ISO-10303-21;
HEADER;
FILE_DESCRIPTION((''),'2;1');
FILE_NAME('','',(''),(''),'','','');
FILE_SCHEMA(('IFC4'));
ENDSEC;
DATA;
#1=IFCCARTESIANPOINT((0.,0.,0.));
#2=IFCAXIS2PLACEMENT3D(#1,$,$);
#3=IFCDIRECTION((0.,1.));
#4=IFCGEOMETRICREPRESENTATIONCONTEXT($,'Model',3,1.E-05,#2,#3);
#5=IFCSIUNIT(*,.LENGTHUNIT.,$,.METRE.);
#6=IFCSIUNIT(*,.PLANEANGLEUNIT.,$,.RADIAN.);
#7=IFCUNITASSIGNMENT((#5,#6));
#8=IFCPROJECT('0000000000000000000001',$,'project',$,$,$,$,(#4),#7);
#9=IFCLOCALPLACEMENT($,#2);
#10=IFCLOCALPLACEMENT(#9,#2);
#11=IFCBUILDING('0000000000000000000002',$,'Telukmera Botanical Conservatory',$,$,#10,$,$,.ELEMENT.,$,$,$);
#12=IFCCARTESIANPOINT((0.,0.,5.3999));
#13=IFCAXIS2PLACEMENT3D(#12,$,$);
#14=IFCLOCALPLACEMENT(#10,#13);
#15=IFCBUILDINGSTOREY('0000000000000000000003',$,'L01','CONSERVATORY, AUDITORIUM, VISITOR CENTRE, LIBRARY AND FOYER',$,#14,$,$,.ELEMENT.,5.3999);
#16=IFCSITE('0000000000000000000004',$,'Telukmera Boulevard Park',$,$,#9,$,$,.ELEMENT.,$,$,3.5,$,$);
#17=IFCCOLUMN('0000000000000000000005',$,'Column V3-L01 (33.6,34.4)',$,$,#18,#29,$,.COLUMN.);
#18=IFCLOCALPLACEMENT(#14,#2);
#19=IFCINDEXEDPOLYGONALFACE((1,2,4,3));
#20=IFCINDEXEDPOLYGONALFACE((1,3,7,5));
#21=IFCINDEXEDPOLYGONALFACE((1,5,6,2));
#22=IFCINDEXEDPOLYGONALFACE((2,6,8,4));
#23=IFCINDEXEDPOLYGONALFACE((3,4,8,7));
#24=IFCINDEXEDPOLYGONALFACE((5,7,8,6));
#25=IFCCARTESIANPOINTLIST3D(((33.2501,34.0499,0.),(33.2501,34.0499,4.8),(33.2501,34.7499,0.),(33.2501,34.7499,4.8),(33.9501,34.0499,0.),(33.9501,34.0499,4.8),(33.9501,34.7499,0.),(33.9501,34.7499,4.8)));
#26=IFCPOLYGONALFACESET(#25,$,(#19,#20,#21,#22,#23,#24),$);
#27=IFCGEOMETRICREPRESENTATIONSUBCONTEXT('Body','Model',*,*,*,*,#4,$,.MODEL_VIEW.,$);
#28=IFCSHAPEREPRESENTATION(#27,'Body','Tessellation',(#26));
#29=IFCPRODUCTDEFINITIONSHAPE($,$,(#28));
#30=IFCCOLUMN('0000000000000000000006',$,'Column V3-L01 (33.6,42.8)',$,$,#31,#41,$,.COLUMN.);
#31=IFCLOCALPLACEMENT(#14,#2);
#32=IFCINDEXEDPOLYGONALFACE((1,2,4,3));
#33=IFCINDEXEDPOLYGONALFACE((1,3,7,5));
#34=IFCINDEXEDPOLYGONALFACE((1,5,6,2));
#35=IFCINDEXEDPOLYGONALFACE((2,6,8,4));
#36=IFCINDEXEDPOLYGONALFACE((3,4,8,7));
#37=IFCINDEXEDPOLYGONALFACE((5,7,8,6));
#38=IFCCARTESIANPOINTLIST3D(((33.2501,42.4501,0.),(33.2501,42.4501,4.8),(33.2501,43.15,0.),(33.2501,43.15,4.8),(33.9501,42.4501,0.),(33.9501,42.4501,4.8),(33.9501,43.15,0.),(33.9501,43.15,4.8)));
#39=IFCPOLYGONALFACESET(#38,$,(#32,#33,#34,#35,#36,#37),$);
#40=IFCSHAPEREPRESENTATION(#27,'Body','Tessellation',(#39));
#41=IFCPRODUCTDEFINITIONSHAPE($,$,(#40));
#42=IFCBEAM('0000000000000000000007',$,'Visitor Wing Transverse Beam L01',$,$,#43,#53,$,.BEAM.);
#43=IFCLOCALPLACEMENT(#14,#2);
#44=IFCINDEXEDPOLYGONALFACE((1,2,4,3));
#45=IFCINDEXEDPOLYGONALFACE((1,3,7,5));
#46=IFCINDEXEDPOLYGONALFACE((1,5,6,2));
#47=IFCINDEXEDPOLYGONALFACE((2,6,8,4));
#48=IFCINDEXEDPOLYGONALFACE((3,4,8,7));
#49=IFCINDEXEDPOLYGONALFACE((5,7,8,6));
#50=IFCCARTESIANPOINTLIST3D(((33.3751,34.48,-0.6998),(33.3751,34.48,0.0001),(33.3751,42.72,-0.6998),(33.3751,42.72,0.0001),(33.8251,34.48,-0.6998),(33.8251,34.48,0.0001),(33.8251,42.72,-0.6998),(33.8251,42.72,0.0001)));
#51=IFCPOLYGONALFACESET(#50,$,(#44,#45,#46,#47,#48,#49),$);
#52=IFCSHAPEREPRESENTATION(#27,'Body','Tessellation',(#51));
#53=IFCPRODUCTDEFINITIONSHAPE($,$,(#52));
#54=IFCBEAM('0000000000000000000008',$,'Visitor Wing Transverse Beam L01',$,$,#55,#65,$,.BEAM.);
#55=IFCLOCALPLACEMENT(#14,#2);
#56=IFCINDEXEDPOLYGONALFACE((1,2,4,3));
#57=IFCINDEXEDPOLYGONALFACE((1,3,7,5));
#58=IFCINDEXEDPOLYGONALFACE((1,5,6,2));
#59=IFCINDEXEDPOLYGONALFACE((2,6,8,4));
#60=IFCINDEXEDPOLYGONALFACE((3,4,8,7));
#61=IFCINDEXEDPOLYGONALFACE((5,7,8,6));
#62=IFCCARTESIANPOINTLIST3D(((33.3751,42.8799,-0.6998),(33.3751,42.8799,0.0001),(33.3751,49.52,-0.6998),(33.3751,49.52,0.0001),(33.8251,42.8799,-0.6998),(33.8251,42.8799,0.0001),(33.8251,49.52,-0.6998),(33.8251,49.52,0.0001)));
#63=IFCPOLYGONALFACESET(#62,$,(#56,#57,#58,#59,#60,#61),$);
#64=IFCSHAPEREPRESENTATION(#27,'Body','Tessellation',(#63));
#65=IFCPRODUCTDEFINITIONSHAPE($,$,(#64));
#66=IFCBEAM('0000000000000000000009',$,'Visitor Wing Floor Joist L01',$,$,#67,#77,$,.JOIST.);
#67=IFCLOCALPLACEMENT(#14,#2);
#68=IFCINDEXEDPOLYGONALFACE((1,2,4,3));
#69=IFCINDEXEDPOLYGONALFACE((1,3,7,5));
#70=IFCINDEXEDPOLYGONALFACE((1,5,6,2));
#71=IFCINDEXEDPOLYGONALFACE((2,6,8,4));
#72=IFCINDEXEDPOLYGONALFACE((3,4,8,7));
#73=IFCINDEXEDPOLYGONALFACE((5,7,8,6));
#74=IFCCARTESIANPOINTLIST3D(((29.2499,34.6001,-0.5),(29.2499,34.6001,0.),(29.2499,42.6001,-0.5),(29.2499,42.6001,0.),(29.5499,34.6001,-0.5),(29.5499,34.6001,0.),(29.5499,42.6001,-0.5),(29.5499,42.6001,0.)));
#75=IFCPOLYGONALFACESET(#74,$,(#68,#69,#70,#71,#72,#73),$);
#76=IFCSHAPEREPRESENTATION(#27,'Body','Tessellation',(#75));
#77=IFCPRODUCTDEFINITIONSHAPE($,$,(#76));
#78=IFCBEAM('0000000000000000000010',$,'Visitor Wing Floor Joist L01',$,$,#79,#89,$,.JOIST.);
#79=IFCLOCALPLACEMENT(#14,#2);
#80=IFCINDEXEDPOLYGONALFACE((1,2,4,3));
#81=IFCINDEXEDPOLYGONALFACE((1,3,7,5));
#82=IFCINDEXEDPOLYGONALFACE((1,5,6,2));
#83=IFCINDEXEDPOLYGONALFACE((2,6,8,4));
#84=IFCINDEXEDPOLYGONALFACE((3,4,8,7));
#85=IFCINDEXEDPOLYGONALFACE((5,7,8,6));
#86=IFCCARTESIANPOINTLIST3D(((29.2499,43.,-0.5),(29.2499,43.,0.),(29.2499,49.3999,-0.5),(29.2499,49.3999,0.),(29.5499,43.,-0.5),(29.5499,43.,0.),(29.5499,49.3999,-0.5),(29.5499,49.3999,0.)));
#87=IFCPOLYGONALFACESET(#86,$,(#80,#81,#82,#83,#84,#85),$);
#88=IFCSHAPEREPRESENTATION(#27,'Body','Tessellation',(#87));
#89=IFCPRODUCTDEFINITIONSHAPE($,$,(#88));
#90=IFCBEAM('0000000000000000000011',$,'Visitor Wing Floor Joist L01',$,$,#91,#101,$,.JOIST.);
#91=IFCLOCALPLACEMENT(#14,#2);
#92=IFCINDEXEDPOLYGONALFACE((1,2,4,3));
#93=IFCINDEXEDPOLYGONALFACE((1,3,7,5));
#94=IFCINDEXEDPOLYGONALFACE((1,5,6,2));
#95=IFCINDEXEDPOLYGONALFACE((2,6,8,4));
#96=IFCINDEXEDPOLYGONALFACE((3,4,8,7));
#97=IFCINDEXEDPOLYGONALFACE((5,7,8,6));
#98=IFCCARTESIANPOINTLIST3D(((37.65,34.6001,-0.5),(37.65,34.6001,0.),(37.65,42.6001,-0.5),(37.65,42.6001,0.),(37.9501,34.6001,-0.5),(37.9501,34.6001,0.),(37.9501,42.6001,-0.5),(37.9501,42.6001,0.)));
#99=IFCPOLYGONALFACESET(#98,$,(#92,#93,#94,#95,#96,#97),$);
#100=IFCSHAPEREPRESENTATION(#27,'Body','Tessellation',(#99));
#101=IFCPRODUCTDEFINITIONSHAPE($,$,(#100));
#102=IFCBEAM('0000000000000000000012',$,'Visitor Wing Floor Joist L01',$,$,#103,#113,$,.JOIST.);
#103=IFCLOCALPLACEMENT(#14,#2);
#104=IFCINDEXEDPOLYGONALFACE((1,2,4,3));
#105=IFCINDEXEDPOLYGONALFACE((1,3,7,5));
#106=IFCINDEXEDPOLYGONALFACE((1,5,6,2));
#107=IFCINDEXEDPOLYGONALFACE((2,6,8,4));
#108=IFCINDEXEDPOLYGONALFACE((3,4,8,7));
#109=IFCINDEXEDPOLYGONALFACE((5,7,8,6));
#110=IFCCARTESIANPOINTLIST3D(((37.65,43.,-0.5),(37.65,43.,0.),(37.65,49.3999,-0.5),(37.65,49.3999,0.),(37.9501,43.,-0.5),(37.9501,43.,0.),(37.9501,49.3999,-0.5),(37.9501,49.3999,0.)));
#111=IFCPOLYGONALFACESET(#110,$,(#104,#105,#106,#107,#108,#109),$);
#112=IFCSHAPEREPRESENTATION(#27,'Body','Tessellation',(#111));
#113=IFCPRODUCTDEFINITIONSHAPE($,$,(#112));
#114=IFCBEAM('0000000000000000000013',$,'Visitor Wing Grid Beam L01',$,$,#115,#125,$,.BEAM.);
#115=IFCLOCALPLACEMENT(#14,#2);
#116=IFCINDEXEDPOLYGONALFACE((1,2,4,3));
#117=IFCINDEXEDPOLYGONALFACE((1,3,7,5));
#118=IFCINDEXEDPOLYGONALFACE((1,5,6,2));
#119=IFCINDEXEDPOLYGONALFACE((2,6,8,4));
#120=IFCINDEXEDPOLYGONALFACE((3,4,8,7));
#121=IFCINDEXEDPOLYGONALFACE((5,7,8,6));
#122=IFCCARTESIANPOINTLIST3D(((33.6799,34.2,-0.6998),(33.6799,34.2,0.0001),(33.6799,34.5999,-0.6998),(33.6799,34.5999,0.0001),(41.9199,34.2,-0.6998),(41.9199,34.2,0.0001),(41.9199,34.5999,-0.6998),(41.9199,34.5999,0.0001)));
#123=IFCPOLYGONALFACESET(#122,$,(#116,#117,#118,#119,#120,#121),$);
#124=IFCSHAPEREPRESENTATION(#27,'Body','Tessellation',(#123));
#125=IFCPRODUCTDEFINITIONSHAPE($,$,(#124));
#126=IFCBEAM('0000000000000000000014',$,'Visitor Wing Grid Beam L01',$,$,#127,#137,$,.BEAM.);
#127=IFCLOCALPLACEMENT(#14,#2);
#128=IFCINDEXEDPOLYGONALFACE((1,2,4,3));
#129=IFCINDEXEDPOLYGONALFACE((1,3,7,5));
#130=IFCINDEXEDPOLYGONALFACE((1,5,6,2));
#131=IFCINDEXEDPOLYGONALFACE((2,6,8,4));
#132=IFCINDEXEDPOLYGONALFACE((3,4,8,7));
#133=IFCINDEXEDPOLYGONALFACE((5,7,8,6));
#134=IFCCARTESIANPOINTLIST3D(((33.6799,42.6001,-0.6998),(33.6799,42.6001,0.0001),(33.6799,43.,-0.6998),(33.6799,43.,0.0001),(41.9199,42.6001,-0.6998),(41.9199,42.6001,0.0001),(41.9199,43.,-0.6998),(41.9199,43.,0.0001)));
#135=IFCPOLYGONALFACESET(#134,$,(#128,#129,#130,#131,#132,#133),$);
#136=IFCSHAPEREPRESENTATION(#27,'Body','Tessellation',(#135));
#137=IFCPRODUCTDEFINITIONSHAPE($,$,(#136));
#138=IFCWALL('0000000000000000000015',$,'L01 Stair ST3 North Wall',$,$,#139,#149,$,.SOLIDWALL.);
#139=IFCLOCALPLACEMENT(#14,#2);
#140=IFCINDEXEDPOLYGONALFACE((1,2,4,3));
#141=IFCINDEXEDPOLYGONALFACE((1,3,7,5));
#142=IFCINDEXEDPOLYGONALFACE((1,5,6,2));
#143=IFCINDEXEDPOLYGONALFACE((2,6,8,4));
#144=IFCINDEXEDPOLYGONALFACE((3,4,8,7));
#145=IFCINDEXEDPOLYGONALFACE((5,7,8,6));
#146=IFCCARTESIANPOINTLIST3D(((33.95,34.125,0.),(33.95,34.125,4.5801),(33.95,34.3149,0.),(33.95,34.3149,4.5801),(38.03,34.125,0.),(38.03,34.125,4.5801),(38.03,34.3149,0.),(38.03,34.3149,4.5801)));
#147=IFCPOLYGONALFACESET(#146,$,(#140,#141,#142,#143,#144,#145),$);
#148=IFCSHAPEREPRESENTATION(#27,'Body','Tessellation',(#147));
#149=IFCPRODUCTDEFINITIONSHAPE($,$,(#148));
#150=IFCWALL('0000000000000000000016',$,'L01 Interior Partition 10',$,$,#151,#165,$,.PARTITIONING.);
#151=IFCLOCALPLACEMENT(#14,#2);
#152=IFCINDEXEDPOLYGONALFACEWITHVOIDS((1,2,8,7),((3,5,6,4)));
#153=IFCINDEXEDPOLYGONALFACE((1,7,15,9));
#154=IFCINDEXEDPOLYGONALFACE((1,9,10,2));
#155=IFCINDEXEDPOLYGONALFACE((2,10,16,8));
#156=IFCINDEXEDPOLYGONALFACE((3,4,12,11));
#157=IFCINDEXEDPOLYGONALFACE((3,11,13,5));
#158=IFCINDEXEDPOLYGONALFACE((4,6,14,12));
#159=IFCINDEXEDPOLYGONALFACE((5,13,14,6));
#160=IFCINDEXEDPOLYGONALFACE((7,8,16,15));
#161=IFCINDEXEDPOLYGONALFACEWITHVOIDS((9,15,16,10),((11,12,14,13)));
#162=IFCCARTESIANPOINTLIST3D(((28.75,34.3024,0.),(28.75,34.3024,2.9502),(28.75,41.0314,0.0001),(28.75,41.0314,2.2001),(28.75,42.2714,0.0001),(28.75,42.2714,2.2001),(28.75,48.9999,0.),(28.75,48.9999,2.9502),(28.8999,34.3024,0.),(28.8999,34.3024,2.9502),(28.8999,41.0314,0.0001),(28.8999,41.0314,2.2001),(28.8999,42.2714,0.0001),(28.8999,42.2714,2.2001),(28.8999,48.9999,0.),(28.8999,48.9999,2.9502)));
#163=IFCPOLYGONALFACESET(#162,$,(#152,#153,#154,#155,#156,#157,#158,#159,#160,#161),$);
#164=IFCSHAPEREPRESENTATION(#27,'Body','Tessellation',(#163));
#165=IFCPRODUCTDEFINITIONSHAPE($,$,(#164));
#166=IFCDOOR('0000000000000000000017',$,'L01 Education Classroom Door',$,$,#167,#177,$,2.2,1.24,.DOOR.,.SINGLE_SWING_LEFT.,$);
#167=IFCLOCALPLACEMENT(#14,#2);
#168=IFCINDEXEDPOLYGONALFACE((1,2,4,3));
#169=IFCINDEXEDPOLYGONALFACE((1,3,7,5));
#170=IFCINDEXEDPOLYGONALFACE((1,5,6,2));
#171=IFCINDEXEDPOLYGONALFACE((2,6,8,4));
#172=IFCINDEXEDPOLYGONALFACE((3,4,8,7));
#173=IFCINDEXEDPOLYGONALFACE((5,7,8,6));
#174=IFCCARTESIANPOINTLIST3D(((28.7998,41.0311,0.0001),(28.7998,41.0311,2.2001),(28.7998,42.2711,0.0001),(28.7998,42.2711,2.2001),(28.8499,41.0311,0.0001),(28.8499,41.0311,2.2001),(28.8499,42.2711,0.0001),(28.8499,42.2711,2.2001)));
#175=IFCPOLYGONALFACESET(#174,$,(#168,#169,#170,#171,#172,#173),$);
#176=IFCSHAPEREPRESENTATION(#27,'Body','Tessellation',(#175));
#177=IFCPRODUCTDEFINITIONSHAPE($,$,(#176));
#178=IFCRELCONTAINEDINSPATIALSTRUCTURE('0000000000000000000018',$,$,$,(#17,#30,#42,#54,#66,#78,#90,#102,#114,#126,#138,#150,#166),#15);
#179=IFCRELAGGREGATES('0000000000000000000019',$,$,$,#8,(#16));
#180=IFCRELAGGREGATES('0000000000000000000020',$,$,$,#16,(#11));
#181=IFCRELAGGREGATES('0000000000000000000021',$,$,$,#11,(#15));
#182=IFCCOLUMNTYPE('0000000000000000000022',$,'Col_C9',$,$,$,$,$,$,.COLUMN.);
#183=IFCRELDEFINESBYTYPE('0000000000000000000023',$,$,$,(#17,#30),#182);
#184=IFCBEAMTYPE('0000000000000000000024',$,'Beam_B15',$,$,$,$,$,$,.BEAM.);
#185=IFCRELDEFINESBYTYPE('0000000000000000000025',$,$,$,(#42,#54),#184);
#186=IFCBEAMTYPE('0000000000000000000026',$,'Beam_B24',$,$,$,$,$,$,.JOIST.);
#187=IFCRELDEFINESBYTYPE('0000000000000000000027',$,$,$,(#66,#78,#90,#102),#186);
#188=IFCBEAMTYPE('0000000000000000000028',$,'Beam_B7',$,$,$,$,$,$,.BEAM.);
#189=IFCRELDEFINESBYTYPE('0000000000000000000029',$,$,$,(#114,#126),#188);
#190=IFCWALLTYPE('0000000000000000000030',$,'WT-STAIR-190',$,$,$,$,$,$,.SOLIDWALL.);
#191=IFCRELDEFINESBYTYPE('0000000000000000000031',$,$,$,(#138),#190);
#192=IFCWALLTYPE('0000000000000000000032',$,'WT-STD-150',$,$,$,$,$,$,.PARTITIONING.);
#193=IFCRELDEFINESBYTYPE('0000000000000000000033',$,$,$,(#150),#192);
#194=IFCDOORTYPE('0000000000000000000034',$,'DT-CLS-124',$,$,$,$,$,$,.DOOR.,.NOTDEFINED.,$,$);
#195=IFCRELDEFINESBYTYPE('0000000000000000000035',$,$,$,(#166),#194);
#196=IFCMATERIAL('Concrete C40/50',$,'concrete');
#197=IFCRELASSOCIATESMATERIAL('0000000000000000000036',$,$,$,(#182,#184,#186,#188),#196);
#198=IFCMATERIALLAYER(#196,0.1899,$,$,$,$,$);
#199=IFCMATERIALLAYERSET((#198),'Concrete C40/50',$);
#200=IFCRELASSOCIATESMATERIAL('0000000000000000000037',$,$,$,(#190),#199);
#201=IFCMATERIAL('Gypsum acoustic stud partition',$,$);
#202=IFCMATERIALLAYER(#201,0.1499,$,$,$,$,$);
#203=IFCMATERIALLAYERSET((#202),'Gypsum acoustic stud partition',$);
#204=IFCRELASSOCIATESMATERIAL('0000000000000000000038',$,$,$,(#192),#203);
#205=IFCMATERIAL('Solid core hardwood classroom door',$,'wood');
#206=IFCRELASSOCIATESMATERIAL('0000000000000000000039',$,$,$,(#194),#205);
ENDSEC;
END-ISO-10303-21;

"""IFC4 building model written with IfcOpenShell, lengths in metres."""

from ifc_helpers import new_model, si_unit, direction, frame, frame_2d, origin, origin_2d, place, context, subcontext, project, spatial, rectangle, extrude, material, layer, layer_set, material_profile, profile_set, type_object, element, fill, save


model = new_model("IFC4")

# Units and contexts
model_context = context("Model", 3, precision=1e-05, world=origin(), true_north=direction((0.0, 1.0)))
body_context = subcontext(model_context, "Body", "Model", "MODEL_VIEW")
ifc_project = project(units=[si_unit("LENGTHUNIT", "METRE"), si_unit("PLANEANGLEUNIT", "RADIAN")], contexts=[model_context])

# Site, building, storey
site_placement = place(None, origin())
site = spatial("IfcSite", under=ifc_project, at=site_placement, Name="Telukmera Boulevard Park", CompositionType="ELEMENT", RefElevation=3.5)
building_placement = place(site_placement, origin())
building = spatial("IfcBuilding", under=site, at=building_placement, Name="Telukmera Botanical Conservatory", CompositionType="ELEMENT")
storey_placement = place(building_placement, frame((0.0, 0.0, 5.3999)))
storey = spatial("IfcBuildingStorey", under=building, at=storey_placement, Name="L01", Description="CONSERVATORY, AUDITORIUM, VISITOR CENTRE, LIBRARY AND FOYER", CompositionType="ELEMENT", Elevation=5.3999)

# Columns
ifc_material_1 = material(Name="Concrete C40/50", Category="concrete")
ifc_material_profile_1 = material_profile(ifc_material_1, rectangle(XDim=0.7, YDim=0.7, at=origin_2d()), Name="RC 700x700")
ifc_profile_set_1 = profile_set([ifc_material_profile_1], Name="Concrete C40/50")
column_type = type_object("IfcColumnType", Name="Col_C9", PredefinedType="COLUMN", material=ifc_profile_set_1)
for number, where, z_axis, x_axis, name in (
    (1, (33.6001, 34.3999, 0.0), (0.0, 0.0, 1.0), (1.0, 0.0, 0.0), "Column V3-L01 (33.6,34.4)"),
    (2, (33.6001, 42.8, 0.0), (0.0, 0.0, 1.0), (1.0, 0.0, 0.0), "Column V3-L01 (33.6,42.8)"),
):
    element("IfcColumn", number, at=place(storey_placement, frame(where, z_axis=z_axis, x_axis=x_axis)), inside=storey, type_object=column_type, Name=name, PredefinedType="COLUMN", context=body_context, shape_type="SweptSolid", body=[
        extrude(rectangle(XDim=0.7, YDim=0.7, at=origin_2d()), origin(), (0.0, 0.0, 1.0), 4.8),
    ])

# Beams
ifc_material_profile_2 = material_profile(ifc_material_1, rectangle(XDim=0.45, YDim=0.7, at=origin_2d()), Name="RC 450x700")
ifc_profile_set_2 = profile_set([ifc_material_profile_2], Name="Concrete C40/50")
beam_type_1 = type_object("IfcBeamType", Name="Beam_B15", PredefinedType="BEAM", material=ifc_profile_set_2)
beam_1_placement = place(storey_placement, frame((33.6001, 34.48, -0.3499), z_axis=(0.0, 1.0, 0.0), x_axis=(-1.0, 0.0, 0.0)))
element("IfcBeam", 3, at=beam_1_placement, inside=storey, type_object=beam_type_1, Name="Visitor Wing Transverse Beam L01", PredefinedType="BEAM", context=body_context, shape_type="SweptSolid", body=[
    extrude(rectangle(XDim=0.45, YDim=0.7, at=origin_2d()), origin(), (0.0, 0.0, 1.0), 8.24),
])
beam_2_placement = place(storey_placement, frame((33.6001, 42.8799, -0.3499), z_axis=(0.0, 1.0, 0.0), x_axis=(-1.0, 0.0, 0.0)))
element("IfcBeam", 4, at=beam_2_placement, inside=storey, type_object=beam_type_1, Name="Visitor Wing Transverse Beam L01", PredefinedType="BEAM", context=body_context, shape_type="SweptSolid", body=[
    extrude(rectangle(XDim=0.45, YDim=0.7, at=origin_2d()), origin(), (0.0, 0.0, 1.0), 6.6401),
])
ifc_material_profile_3 = material_profile(ifc_material_1, rectangle(XDim=0.3, YDim=0.5, at=origin_2d()), Name="RC 300x500")
ifc_profile_set_3 = profile_set([ifc_material_profile_3], Name="Concrete C40/50")
beam_type_2 = type_object("IfcBeamType", Name="Beam_B24", PredefinedType="JOIST", material=ifc_profile_set_3)
beam_3_placement = place(storey_placement, frame((29.3999, 34.6001, -0.25), z_axis=(0.0, 1.0, 0.0), x_axis=(-1.0, 0.0, 0.0)))
element("IfcBeam", 5, at=beam_3_placement, inside=storey, type_object=beam_type_2, Name="Visitor Wing Floor Joist L01", PredefinedType="JOIST", context=body_context, shape_type="SweptSolid", body=[
    extrude(rectangle(XDim=0.3, YDim=0.5, at=origin_2d()), origin(), (0.0, 0.0, 1.0), 8.0),
])
beam_4_placement = place(storey_placement, frame((29.3999, 43.0, -0.25), z_axis=(0.0, 1.0, 0.0), x_axis=(-1.0, 0.0, 0.0)))
element("IfcBeam", 6, at=beam_4_placement, inside=storey, type_object=beam_type_2, Name="Visitor Wing Floor Joist L01", PredefinedType="JOIST", context=body_context, shape_type="SweptSolid", body=[
    extrude(rectangle(XDim=0.3, YDim=0.5, at=origin_2d()), origin(), (0.0, 0.0, 1.0), 6.3999),
])
beam_5_placement = place(storey_placement, frame((37.8, 34.6001, -0.25), z_axis=(0.0, 1.0, 0.0), x_axis=(-1.0, 0.0, 0.0)))
element("IfcBeam", 7, at=beam_5_placement, inside=storey, type_object=beam_type_2, Name="Visitor Wing Floor Joist L01", PredefinedType="JOIST", context=body_context, shape_type="SweptSolid", body=[
    extrude(rectangle(XDim=0.3, YDim=0.5, at=origin_2d()), origin(), (0.0, 0.0, 1.0), 8.0),
])
beam_6_placement = place(storey_placement, frame((37.8, 43.0, -0.25), z_axis=(0.0, 1.0, 0.0), x_axis=(-1.0, 0.0, 0.0)))
element("IfcBeam", 8, at=beam_6_placement, inside=storey, type_object=beam_type_2, Name="Visitor Wing Floor Joist L01", PredefinedType="JOIST", context=body_context, shape_type="SweptSolid", body=[
    extrude(rectangle(XDim=0.3, YDim=0.5, at=origin_2d()), origin(), (0.0, 0.0, 1.0), 6.3999),
])
ifc_material_profile_4 = material_profile(ifc_material_1, rectangle(XDim=0.3999, YDim=0.7, at=origin_2d()), Name="RC 400x700")
ifc_profile_set_4 = profile_set([ifc_material_profile_4], Name="Concrete C40/50")
beam_type_3 = type_object("IfcBeamType", Name="Beam_B7", PredefinedType="BEAM", material=ifc_profile_set_4)
for number, where, z_axis, x_axis, name in (
    (9, (33.6799, 34.3999, -0.3499), (1.0, 0.0, 0.0), (0.0, 1.0, 0.0), "Visitor Wing Grid Beam L01"),
    (10, (33.6799, 42.8, -0.3499), (1.0, 0.0, 0.0), (0.0, 1.0, 0.0), "Visitor Wing Grid Beam L01"),
):
    element("IfcBeam", number, at=place(storey_placement, frame(where, z_axis=z_axis, x_axis=x_axis)), inside=storey, type_object=beam_type_3, Name=name, PredefinedType="BEAM", context=body_context, shape_type="SweptSolid", body=[
        extrude(rectangle(XDim=0.3999, YDim=0.7, at=origin_2d()), origin(), (0.0, 0.0, 1.0), 8.24),
    ])

# Wall
ifc_layer_1 = layer(ifc_material_1, 0.1899)
ifc_layer_set_1 = layer_set([ifc_layer_1], Name="Concrete C40/50")
wall_type_1 = type_object("IfcWallType", Name="WT-STAIR-190", PredefinedType="SOLIDWALL", material=ifc_layer_set_1)
wall_1_placement = place(storey_placement, frame((33.95, 34.22, 0.0), z_axis=(0.0, 0.0, 1.0), x_axis=(1.0, 0.0, 0.0)))
element("IfcWall", 11, at=wall_1_placement, inside=storey, type_object=wall_type_1, Name="L01 Stair ST3 North Wall", PredefinedType="SOLIDWALL", context=body_context, shape_type="SweptSolid", body=[
    extrude(rectangle(XDim=4.0801, YDim=0.1899, at=frame_2d((2.04, 0.0))), origin(), (0.0, 0.0, 1.0), 4.5801),
])

# Wall, opening, door
ifc_material_2 = material(Name="Gypsum acoustic stud partition")
ifc_layer_2 = layer(ifc_material_2, 0.1499)
ifc_layer_set_2 = layer_set([ifc_layer_2], Name="Gypsum acoustic stud partition")
wall_type_2 = type_object("IfcWallType", Name="WT-STD-150", PredefinedType="PARTITIONING", material=ifc_layer_set_2)
wall_2_placement = place(storey_placement, frame((28.825, 34.3025, 0.0), z_axis=(0.0, 0.0, 1.0), x_axis=(0.0, 1.0, 0.0)))
wall_2 = element("IfcWall", 12, at=wall_2_placement, inside=storey, type_object=wall_type_2, Name="L01 Interior Partition 10", PredefinedType="PARTITIONING", context=body_context, shape_type="SweptSolid", body=[
    extrude(rectangle(XDim=14.6975, YDim=0.1499, at=frame_2d((7.3486, 0.0))), origin(), (0.0, 0.0, 1.0), 2.9502),
])
opening_1_placement = place(wall_2_placement, frame((6.7288, 0.0, 0.0)))
opening_1 = element("IfcOpeningElement", 13, at=opening_1_placement, cuts=wall_2, PredefinedType="OPENING", context=body_context, shape_type="SweptSolid", body=[
    extrude(rectangle(XDim=1.24, YDim=2.2, at=frame_2d((0.6201, 1.1001))), frame((0.0, 0.085, 0.0), z_axis=(0.0, -1.0, 0.0), x_axis=(1.0, 0.0, 0.0)), (0.0, 0.0, 1.0), 0.1699),
])
ifc_material_3 = material(Name="Solid core hardwood classroom door", Category="wood")
door_type_1 = type_object("IfcDoorType", Name="DT-CLS-124", OperationType="NOTDEFINED", PredefinedType="DOOR", material=ifc_material_3)
door_1_placement = place(opening_1_placement, frame((1.24, 0.0, 0.0), z_axis=(0.0, 0.0, 1.0), x_axis=(-1.0, 0.0, 0.0)))
door_1 = element("IfcDoor", 14, at=door_1_placement, inside=storey, type_object=door_type_1, Name="L01 Education Classroom Door", OperationType="SINGLE_SWING_LEFT", OverallHeight=2.2, OverallWidth=1.24, PredefinedType="DOOR", context=body_context, shape_type="SweptSolid", body=[
    extrude(rectangle(XDim=1.24, YDim=2.2, at=frame_2d((0.6201, 1.1001))), frame((0.0, 0.0249, 0.0), z_axis=(0.0, -1.0, 0.0), x_axis=(1.0, 0.0, 0.0)), (0.0, 0.0, 1.0), 0.05),
])
fill(opening_1, door_1)

save(model, "model.ifc")
